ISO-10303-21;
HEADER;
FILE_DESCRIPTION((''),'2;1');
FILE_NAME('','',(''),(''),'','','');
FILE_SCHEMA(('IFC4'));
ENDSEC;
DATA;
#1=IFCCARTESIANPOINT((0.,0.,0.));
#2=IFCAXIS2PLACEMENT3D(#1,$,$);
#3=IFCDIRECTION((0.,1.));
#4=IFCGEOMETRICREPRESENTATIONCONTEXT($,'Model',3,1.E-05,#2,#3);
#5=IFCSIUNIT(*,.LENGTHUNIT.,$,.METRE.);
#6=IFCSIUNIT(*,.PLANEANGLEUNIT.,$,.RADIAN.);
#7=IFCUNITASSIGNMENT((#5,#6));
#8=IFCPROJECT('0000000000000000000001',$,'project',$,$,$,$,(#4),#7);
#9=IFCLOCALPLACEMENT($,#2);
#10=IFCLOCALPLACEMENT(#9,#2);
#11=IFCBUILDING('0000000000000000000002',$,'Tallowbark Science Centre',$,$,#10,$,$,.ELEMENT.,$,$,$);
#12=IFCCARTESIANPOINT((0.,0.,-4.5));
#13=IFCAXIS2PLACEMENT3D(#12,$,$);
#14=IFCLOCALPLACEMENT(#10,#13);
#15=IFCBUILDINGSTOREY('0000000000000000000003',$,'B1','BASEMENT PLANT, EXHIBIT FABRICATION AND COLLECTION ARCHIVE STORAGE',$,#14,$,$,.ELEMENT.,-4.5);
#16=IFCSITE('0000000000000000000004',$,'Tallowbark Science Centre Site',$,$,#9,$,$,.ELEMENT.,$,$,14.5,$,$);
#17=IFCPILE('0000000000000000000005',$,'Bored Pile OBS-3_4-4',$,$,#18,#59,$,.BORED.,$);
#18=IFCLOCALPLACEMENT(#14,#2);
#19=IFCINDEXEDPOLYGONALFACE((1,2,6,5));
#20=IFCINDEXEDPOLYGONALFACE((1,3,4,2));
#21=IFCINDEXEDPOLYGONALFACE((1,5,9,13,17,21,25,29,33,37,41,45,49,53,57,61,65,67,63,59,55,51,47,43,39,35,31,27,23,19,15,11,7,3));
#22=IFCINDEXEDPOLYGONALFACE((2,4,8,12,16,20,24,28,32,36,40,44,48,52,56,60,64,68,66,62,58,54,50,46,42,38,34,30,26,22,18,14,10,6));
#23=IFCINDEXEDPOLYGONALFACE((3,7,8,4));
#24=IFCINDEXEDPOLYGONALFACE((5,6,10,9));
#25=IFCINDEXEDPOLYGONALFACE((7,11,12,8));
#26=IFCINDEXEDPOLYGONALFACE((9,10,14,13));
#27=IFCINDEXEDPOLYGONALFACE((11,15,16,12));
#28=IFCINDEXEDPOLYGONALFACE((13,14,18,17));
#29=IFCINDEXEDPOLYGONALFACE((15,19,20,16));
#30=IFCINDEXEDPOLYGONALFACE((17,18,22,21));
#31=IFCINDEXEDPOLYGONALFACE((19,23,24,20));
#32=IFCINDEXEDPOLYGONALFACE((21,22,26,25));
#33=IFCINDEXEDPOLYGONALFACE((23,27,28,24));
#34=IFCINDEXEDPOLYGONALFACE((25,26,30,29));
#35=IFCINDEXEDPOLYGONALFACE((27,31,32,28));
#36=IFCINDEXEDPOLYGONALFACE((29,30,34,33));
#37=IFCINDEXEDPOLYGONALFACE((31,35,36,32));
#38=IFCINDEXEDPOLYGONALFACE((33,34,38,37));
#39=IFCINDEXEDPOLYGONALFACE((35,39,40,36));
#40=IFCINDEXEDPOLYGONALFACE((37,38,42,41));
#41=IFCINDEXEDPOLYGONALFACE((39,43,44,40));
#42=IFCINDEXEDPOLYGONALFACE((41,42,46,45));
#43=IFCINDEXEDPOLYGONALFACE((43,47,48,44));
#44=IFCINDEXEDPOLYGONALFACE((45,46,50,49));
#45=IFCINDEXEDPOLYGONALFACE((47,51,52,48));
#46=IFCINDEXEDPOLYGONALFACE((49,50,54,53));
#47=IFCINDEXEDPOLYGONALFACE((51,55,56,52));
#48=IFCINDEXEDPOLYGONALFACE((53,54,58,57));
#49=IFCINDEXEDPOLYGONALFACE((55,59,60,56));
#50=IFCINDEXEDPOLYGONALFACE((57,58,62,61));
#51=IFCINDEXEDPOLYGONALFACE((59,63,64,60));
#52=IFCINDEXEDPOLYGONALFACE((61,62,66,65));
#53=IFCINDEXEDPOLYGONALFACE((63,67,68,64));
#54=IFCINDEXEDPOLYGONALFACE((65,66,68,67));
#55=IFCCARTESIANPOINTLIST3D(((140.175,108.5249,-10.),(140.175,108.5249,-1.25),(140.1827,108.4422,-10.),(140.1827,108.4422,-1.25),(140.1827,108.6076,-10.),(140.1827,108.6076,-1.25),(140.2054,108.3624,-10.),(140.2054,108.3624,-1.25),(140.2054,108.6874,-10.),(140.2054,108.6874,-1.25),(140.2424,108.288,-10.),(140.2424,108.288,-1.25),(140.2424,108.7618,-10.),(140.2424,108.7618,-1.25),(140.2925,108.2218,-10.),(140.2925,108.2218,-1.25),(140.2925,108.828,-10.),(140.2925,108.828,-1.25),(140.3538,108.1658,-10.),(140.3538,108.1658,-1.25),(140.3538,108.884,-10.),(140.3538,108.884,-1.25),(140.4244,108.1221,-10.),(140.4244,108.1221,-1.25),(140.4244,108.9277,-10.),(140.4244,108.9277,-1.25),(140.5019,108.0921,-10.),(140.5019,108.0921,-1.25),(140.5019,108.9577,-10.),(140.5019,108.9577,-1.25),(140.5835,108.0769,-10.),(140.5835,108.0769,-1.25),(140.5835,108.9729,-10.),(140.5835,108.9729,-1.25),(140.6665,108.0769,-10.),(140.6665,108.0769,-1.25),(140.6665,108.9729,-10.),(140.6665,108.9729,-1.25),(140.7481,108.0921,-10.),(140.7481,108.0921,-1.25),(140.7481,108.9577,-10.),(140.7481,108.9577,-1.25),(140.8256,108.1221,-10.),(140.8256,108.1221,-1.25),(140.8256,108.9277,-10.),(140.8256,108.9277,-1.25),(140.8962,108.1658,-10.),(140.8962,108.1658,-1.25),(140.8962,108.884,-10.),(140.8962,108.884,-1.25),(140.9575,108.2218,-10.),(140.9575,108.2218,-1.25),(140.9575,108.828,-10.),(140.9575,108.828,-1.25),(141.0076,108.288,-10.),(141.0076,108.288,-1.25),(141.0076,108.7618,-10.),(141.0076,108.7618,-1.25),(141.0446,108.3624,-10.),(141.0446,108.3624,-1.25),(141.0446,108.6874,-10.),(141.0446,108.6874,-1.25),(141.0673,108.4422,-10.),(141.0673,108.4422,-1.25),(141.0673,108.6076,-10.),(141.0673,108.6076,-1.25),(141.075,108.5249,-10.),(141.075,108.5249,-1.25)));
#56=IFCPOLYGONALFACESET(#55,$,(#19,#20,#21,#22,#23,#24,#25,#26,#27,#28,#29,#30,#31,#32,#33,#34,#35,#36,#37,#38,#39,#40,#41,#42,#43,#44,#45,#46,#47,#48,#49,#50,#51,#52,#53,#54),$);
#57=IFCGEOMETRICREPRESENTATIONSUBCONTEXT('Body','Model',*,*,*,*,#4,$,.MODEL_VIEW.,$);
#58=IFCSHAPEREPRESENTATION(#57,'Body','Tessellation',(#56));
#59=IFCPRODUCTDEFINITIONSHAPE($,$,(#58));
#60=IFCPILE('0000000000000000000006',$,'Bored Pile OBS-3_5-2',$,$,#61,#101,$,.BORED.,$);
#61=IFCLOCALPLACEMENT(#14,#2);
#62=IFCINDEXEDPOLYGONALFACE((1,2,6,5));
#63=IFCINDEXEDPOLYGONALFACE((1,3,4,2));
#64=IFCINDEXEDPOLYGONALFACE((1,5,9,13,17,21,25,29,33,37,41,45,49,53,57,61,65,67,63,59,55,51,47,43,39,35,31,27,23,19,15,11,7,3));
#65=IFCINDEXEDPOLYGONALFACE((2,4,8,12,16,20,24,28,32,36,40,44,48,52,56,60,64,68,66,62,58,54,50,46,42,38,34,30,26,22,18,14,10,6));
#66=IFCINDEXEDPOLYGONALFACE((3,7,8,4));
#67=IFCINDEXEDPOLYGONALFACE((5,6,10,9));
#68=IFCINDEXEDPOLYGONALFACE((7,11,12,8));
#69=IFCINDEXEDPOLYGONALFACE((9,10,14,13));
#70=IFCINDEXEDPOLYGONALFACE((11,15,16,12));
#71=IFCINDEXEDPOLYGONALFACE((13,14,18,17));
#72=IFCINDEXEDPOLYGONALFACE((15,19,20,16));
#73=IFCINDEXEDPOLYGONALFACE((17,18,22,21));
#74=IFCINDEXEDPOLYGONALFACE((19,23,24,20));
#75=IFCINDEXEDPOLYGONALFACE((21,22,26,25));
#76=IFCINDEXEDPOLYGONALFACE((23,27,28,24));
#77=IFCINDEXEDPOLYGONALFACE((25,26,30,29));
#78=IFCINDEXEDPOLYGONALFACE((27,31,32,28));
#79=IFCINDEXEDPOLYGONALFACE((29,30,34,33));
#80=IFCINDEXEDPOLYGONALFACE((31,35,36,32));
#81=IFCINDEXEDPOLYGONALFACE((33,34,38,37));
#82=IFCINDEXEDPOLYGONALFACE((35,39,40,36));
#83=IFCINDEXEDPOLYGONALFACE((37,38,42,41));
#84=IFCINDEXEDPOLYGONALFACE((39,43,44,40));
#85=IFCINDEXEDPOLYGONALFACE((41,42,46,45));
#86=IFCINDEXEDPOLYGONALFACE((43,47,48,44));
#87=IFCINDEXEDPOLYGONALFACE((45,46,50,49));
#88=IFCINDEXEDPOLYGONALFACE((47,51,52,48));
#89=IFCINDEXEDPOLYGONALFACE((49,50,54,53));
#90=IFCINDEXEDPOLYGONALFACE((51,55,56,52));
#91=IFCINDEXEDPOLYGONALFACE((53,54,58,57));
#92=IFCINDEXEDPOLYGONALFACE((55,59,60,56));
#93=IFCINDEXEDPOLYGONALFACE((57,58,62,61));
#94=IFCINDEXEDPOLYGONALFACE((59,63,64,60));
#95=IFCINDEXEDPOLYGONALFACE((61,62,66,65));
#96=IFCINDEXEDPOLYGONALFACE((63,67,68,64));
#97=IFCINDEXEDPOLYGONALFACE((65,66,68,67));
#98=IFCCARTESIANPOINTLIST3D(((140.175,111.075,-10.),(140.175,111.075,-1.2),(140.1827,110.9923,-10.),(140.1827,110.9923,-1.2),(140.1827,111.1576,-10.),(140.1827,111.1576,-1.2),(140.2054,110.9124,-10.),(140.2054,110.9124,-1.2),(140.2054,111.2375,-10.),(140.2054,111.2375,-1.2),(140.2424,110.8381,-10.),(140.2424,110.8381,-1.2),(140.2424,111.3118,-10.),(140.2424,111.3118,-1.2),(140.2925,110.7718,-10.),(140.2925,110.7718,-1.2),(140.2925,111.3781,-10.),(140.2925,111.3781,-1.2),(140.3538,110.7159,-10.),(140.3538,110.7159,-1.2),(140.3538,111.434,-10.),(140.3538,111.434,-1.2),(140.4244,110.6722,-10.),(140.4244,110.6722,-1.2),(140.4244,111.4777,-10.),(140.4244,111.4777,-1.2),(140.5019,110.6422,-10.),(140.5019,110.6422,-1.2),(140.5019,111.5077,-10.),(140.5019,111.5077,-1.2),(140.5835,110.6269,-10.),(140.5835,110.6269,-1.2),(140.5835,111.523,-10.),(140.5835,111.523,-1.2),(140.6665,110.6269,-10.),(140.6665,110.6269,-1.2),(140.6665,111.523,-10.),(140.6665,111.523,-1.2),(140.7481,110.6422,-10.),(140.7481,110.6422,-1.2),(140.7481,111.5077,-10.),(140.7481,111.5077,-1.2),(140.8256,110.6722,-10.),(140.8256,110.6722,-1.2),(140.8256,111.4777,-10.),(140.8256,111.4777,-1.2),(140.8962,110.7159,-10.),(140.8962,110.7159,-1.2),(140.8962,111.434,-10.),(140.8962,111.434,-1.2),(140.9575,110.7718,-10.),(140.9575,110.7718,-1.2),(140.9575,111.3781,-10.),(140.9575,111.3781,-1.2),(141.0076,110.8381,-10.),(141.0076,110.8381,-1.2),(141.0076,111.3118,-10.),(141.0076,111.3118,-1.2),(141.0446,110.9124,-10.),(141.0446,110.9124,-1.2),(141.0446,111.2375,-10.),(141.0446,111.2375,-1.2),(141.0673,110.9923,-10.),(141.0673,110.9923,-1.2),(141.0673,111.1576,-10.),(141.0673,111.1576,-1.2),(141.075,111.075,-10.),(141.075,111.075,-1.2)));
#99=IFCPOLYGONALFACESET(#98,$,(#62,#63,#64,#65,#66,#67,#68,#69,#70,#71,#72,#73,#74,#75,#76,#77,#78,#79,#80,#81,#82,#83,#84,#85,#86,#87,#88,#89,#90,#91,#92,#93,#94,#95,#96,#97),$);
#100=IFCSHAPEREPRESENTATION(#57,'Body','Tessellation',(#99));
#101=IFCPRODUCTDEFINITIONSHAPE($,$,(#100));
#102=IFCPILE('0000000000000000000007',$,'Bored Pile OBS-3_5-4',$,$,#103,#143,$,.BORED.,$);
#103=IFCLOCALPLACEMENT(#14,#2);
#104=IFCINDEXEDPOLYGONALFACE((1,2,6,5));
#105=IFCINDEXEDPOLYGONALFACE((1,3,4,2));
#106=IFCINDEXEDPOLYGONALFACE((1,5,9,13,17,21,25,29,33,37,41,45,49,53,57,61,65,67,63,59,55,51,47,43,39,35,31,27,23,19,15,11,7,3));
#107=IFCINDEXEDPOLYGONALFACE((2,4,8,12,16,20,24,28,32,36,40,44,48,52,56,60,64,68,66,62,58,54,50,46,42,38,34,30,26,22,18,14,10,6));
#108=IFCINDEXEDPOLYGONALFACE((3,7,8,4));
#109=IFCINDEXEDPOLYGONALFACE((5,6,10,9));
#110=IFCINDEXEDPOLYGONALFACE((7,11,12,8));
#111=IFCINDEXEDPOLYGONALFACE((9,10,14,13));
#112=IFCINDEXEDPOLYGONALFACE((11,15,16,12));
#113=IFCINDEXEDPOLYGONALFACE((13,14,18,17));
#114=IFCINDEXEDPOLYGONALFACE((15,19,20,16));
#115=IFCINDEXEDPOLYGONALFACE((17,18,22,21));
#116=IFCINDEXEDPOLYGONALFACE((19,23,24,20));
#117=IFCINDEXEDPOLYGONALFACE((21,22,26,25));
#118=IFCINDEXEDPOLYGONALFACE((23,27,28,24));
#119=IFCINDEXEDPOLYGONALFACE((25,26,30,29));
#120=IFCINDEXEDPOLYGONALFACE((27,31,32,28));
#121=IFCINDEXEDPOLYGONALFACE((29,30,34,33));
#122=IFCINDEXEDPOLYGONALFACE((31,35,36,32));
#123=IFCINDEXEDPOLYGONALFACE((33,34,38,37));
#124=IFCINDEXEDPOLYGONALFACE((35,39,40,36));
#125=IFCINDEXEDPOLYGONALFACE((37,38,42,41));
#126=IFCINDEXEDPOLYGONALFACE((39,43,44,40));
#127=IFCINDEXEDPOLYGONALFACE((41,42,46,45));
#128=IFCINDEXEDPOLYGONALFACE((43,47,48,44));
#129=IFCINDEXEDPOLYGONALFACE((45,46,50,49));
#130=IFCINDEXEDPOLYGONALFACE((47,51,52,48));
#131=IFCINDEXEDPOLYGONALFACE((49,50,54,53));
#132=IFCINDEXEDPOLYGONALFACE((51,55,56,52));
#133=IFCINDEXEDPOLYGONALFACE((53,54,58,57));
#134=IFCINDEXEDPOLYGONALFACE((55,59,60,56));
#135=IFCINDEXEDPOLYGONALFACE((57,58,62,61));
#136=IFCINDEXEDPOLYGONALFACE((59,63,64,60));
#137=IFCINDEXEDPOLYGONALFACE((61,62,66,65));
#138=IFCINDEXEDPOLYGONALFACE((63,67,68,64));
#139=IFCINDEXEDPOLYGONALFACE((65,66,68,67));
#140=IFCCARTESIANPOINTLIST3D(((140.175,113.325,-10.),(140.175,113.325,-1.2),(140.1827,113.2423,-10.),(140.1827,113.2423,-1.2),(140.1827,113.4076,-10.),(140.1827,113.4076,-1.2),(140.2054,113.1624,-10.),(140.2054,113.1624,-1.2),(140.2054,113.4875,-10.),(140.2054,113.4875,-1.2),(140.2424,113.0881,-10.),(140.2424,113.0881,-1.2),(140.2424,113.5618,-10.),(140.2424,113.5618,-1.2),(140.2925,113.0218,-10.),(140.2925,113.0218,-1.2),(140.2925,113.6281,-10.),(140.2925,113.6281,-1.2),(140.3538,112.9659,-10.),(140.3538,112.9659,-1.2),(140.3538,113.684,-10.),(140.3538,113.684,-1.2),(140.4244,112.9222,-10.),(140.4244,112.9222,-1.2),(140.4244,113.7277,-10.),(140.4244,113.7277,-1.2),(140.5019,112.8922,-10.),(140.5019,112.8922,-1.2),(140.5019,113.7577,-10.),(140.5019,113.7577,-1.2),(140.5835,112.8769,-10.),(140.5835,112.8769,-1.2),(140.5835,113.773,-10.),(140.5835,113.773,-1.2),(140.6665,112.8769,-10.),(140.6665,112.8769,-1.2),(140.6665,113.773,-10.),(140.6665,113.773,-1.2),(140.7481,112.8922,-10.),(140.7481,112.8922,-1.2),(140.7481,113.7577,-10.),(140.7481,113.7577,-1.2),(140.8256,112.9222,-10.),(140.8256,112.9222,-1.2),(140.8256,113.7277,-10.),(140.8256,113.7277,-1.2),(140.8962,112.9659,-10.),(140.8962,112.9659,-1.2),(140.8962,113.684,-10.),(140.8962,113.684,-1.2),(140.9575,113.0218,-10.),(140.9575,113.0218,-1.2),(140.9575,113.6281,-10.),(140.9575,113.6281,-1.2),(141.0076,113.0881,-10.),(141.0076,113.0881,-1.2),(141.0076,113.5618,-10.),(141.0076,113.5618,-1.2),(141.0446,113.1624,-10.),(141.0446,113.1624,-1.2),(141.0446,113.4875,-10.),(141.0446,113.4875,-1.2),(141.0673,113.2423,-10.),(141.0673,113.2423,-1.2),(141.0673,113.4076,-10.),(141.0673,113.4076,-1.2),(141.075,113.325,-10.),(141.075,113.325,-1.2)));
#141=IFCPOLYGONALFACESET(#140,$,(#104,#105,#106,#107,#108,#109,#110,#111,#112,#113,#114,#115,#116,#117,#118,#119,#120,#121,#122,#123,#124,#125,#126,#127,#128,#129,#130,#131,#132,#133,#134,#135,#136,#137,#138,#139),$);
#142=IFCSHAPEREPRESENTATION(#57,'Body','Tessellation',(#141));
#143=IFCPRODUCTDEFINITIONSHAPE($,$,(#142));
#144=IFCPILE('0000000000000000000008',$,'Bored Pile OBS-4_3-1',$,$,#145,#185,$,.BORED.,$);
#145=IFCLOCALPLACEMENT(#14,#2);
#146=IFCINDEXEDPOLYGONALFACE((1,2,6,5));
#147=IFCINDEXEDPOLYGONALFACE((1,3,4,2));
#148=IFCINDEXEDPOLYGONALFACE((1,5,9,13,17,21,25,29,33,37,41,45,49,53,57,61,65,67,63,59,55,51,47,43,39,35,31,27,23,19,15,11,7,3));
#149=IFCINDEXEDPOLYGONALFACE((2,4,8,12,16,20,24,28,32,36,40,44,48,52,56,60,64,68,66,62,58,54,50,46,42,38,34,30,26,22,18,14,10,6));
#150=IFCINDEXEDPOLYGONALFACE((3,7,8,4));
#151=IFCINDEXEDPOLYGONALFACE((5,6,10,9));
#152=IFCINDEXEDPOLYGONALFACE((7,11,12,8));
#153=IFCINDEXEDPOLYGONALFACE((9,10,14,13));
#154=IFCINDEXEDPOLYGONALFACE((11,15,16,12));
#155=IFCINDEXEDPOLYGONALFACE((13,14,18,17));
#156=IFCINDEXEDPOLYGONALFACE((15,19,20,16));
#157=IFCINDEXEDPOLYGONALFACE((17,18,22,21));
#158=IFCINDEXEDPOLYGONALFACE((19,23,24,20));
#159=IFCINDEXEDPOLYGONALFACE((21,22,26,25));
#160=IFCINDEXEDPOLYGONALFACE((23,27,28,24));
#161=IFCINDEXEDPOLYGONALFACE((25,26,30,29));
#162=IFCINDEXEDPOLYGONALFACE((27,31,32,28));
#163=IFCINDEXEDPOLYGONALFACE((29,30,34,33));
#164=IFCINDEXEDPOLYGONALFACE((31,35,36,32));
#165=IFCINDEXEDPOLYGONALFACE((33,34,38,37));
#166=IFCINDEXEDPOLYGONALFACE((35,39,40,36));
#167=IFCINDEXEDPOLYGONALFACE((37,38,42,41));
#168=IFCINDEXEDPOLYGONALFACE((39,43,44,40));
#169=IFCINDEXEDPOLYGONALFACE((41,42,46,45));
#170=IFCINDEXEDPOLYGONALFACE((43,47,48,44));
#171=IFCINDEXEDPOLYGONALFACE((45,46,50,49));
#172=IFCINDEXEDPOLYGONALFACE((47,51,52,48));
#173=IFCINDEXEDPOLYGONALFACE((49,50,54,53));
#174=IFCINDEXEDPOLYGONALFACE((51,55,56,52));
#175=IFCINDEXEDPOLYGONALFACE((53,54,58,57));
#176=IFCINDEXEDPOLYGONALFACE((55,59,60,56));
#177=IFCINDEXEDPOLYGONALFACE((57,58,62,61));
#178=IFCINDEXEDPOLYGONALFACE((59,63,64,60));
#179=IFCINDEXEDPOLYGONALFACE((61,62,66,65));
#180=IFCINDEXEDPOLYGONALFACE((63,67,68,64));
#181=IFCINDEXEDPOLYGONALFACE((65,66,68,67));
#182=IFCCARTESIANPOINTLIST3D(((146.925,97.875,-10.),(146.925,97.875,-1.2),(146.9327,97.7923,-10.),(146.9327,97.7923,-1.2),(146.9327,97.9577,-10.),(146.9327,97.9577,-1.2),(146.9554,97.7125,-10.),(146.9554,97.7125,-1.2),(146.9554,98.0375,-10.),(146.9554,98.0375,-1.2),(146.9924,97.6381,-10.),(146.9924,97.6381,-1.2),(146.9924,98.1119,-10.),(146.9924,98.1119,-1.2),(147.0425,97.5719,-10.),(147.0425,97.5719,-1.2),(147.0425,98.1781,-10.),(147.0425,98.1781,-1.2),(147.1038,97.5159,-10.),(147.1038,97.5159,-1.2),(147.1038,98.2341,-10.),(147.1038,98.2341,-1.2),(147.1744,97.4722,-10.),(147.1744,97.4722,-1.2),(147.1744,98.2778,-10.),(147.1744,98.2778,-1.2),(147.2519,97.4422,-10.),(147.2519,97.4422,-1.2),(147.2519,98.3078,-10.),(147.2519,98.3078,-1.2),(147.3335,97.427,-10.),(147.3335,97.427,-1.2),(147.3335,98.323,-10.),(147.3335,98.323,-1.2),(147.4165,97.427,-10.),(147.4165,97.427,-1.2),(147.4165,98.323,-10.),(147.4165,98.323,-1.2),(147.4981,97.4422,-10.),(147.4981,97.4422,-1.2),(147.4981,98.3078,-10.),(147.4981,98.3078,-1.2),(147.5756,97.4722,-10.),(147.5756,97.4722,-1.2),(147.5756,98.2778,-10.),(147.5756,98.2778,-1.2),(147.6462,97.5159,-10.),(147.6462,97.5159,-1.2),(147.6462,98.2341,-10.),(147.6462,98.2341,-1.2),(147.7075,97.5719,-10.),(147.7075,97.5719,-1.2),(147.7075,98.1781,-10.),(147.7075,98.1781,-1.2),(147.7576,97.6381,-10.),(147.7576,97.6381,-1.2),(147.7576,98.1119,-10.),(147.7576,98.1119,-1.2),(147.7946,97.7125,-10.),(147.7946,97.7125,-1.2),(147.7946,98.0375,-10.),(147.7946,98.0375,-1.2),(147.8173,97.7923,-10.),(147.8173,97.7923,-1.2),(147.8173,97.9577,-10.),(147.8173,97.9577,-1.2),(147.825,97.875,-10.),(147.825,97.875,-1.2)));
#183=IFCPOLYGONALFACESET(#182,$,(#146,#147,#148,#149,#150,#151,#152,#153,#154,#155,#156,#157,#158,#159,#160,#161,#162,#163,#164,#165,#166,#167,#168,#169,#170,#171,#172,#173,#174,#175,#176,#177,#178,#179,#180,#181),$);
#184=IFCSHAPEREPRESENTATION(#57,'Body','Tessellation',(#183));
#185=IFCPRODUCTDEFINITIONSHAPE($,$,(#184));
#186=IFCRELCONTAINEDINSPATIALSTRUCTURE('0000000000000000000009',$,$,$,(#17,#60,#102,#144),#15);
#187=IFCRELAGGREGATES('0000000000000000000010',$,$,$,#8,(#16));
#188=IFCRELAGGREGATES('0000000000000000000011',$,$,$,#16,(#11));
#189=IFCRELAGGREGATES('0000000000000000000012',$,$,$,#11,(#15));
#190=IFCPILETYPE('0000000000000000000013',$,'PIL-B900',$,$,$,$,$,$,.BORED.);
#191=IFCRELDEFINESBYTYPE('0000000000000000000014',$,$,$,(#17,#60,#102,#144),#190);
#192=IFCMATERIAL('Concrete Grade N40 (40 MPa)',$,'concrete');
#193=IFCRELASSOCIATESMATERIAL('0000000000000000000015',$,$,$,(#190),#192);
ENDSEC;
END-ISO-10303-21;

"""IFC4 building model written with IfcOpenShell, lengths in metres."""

from ifc_helpers import new_model, si_unit, direction, frame, origin, origin_2d, place, context, subcontext, project, spatial, circle, extrude, material, material_profile, profile_set, type_object, element, save


model = new_model("IFC4")

# Units and contexts
model_context = context("Model", 3, precision=1e-05, world=origin(), true_north=direction((0.0, 1.0)))
body_context = subcontext(model_context, "Body", "Model", "MODEL_VIEW")
ifc_project = project(units=[si_unit("LENGTHUNIT", "METRE"), si_unit("PLANEANGLEUNIT", "RADIAN")], contexts=[model_context])

# Site, building, storey
site_placement = place(None, origin())
site = spatial("IfcSite", under=ifc_project, at=site_placement, Name="Tallowbark Science Centre Site", CompositionType="ELEMENT", RefElevation=14.5)
building_placement = place(site_placement, origin())
building = spatial("IfcBuilding", under=site, at=building_placement, Name="Tallowbark Science Centre", CompositionType="ELEMENT")
storey_placement = place(building_placement, frame((0.0, 0.0, -4.5)))
storey = spatial("IfcBuildingStorey", under=building, at=storey_placement, Name="B1", Description="BASEMENT PLANT, EXHIBIT FABRICATION AND COLLECTION ARCHIVE STORAGE", CompositionType="ELEMENT", Elevation=-4.5)

# Shared definitions
ifc_material_1 = material(Name="Concrete Grade N40 (40 MPa)", Category="concrete")

# Piles
ifc_material_profile_1 = material_profile(ifc_material_1, circle(Radius=0.45, at=origin_2d()), Name="PILE900")
ifc_profile_set_1 = profile_set([ifc_material_profile_1], Name="Concrete Grade N40 (40 MPa)")
pile_type_1 = type_object("IfcPileType", Name="PIL-B900", PredefinedType="BORED", material=ifc_profile_set_1)
for number, where, z_axis, x_axis, name in (
    (1, (140.625, 108.5249, -1.25), (0.0, 0.0, -1.0), (1.0, 0.0, 0.0), "Bored Pile OBS-3_4-4"),
):
    element("IfcPile", number, at=place(storey_placement, frame(where, z_axis=z_axis, x_axis=x_axis)), inside=storey, type_object=pile_type_1, Name=name, PredefinedType="BORED", context=body_context, shape_type="SweptSolid", body=[
        extrude(circle(Radius=0.45, at=origin_2d()), origin(), (0.0, 0.0, 1.0), 8.75),
    ])
for number, where, z_axis, x_axis, name in (
    (2, (140.625, 111.075, -1.2), (0.0, 0.0, -1.0), (1.0, 0.0, 0.0), "Bored Pile OBS-3_5-2"),
    (3, (140.625, 113.325, -1.2), (0.0, 0.0, -1.0), (1.0, 0.0, 0.0), "Bored Pile OBS-3_5-4"),
    (4, (147.375, 97.875, -1.2), (0.0, 0.0, -1.0), (1.0, 0.0, 0.0), "Bored Pile OBS-4_3-1"),
):
    element("IfcPile", number, at=place(storey_placement, frame(where, z_axis=z_axis, x_axis=x_axis)), inside=storey, type_object=pile_type_1, Name=name, PredefinedType="BORED", context=body_context, shape_type="SweptSolid", body=[
        extrude(circle(Radius=0.45, at=origin_2d()), origin(), (0.0, 0.0, 1.0), 8.8),
    ])

save(model, "model.ifc")
